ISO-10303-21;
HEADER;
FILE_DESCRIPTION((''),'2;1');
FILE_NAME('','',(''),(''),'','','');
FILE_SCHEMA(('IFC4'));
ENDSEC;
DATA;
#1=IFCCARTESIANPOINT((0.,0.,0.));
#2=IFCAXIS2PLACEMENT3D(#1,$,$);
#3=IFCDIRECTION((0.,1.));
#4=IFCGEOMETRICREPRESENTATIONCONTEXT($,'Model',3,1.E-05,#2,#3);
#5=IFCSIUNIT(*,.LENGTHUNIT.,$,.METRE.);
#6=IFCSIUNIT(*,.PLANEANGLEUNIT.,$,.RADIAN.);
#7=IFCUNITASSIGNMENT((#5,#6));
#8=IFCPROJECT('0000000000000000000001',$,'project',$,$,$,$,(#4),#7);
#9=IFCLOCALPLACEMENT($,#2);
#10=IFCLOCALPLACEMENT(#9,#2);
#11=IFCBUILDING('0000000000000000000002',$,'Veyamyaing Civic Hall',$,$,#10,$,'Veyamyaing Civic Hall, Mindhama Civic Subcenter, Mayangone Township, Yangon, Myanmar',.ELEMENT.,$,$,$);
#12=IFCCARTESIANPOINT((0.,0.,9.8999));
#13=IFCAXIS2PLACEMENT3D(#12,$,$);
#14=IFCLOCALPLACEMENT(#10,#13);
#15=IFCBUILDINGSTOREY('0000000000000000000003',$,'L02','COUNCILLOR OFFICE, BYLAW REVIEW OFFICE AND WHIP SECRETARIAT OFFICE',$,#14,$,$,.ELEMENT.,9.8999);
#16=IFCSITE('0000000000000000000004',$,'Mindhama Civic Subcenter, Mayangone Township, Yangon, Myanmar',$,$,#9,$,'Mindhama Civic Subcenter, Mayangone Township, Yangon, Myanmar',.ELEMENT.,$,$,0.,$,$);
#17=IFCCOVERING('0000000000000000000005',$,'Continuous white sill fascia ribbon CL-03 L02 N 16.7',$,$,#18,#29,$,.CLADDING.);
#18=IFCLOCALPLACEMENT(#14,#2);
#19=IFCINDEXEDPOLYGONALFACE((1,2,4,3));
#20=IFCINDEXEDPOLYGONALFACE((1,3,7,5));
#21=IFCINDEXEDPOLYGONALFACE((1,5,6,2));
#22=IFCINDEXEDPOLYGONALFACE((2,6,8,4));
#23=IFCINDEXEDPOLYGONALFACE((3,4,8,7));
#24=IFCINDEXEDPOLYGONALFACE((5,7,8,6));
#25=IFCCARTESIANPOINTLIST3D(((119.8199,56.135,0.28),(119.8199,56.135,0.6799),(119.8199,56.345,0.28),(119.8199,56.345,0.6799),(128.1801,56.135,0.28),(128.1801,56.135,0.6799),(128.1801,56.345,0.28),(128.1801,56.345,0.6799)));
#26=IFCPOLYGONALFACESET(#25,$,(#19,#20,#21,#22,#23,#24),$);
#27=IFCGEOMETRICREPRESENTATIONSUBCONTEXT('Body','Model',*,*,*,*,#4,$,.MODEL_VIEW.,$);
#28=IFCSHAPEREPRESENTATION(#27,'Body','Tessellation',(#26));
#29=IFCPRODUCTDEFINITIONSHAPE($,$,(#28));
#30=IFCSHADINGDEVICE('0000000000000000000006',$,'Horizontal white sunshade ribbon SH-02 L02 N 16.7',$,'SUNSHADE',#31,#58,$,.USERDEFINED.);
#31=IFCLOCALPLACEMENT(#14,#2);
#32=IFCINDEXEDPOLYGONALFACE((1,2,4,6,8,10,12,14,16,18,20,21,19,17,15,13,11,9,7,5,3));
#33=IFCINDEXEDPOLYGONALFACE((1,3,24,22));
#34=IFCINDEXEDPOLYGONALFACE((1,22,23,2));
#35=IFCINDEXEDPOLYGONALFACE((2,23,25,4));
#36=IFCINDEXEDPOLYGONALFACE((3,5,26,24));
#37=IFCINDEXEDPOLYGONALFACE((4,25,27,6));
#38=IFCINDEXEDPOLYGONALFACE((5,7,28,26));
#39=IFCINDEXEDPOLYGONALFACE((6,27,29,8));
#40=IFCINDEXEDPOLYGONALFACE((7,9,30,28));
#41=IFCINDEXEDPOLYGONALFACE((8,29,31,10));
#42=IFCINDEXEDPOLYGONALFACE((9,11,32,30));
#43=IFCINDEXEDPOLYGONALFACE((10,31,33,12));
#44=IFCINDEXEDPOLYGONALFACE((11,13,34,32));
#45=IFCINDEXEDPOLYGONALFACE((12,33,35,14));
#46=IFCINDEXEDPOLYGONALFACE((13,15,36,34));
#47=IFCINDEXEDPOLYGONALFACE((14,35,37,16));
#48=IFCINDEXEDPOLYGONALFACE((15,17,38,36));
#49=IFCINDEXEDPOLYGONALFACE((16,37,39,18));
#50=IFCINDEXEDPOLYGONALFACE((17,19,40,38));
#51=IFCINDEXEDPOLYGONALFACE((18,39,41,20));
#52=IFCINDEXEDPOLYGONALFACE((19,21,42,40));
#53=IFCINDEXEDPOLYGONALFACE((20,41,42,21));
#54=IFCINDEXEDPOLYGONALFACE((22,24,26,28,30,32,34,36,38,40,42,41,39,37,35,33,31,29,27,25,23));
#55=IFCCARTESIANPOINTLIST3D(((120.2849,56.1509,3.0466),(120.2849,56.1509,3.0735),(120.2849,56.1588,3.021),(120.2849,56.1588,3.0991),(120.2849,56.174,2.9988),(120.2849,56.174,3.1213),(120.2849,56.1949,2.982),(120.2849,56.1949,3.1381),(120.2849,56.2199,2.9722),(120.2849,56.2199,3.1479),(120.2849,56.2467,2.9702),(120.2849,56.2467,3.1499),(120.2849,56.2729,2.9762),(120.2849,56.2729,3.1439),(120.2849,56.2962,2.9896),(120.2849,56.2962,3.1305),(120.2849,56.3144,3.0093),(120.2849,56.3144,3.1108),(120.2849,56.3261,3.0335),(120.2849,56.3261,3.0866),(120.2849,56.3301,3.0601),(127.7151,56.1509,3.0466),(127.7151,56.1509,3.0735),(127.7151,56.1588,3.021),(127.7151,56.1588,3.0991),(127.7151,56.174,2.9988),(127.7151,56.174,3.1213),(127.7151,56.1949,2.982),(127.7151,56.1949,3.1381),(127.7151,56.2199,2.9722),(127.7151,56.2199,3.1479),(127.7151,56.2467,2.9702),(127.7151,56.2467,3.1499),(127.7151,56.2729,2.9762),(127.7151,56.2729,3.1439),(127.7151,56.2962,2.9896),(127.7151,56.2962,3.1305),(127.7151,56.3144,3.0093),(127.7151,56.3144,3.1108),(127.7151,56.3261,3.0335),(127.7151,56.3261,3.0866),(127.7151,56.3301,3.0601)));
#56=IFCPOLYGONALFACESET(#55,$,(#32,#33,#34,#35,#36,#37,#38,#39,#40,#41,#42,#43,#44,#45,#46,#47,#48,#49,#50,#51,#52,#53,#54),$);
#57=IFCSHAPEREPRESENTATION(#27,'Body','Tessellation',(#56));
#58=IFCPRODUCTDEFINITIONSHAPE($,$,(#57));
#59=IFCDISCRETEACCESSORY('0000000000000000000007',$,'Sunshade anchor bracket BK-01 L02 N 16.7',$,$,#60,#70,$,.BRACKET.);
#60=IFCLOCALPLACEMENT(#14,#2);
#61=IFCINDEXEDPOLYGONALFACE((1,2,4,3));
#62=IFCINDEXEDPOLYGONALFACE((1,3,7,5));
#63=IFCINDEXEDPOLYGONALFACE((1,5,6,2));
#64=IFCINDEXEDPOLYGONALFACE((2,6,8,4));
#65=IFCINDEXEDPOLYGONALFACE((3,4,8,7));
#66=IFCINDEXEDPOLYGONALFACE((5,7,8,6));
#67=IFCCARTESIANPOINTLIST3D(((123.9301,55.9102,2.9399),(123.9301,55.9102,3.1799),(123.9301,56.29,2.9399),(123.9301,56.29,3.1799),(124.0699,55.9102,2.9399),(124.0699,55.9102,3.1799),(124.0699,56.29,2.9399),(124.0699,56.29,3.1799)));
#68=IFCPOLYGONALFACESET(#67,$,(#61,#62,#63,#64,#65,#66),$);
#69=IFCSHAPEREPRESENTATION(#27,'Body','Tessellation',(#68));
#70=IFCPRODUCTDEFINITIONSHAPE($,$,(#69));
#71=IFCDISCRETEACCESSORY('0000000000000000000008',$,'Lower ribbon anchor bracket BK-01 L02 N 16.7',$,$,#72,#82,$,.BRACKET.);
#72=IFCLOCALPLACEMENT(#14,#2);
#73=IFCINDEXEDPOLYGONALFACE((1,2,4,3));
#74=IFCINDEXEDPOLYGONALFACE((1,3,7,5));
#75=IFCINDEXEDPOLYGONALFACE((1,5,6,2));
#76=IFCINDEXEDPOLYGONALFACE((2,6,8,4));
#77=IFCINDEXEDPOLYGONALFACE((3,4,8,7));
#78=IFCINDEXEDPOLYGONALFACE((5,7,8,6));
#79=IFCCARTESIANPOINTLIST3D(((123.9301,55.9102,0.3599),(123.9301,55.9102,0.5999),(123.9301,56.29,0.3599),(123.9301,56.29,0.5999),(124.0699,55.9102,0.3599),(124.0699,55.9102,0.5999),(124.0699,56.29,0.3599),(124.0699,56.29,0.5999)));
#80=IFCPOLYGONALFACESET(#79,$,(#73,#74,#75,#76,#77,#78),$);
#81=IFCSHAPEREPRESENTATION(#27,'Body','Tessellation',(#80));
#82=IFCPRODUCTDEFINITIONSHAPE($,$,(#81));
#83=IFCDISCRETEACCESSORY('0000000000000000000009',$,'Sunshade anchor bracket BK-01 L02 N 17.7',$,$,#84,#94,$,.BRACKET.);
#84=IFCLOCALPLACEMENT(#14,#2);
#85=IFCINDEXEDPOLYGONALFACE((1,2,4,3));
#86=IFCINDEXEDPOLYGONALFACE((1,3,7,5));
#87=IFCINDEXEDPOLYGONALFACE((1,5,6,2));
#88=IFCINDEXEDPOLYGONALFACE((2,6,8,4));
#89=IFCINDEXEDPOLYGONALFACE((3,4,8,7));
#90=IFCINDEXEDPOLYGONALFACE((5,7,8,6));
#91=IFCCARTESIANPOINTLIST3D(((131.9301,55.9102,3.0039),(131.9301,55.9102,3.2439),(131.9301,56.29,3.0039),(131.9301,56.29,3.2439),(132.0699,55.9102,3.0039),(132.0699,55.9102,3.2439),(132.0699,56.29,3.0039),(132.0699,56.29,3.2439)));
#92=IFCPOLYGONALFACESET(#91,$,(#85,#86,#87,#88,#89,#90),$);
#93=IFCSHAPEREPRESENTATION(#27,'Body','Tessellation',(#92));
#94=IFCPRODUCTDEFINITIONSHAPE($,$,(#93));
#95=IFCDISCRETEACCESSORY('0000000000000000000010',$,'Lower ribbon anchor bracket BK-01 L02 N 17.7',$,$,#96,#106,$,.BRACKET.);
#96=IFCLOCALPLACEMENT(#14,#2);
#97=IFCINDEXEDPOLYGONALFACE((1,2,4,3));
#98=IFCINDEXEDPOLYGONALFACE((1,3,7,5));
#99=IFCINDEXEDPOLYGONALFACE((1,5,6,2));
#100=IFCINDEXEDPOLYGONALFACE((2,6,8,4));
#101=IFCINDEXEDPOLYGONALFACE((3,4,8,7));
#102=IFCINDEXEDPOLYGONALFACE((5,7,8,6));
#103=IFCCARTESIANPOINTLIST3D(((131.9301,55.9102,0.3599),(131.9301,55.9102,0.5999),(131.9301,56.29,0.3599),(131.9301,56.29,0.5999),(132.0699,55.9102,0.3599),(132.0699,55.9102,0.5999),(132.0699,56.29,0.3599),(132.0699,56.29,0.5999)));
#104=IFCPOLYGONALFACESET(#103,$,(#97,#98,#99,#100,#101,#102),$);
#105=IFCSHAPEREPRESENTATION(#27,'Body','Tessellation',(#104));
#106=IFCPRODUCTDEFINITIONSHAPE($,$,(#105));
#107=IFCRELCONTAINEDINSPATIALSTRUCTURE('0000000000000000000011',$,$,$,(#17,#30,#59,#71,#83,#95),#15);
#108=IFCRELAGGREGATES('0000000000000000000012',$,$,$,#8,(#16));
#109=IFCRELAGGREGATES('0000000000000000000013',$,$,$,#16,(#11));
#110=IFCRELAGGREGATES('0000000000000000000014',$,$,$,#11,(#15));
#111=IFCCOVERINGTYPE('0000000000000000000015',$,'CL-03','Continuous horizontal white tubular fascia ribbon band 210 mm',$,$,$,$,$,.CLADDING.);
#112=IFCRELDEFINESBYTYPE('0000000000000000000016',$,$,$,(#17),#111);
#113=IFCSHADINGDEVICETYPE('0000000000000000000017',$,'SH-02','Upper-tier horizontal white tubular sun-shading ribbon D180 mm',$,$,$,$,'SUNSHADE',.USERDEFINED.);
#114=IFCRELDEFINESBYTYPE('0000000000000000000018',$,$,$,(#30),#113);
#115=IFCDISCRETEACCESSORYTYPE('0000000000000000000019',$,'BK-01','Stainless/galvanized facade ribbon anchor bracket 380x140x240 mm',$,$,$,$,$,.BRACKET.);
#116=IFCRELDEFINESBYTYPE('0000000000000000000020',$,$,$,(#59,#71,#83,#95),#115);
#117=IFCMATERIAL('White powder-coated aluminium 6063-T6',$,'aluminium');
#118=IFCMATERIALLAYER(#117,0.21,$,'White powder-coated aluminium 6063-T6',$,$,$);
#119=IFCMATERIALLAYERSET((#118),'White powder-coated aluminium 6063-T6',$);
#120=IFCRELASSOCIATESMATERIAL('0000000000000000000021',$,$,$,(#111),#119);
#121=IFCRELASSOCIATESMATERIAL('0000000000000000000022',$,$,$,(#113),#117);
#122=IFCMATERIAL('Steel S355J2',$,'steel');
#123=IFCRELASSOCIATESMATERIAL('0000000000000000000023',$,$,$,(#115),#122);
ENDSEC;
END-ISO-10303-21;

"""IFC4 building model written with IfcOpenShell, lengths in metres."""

from ifc_helpers import new_model, si_unit, direction, frame, origin, origin_2d, place, context, subcontext, project, spatial, rectangle, circle, extrude, material, layer, layer_set, material_profile, profile_set, type_object, element, save


model = new_model("IFC4")

# Units and contexts
model_context = context("Model", 3, precision=1e-05, world=origin(), true_north=direction((0.0, 1.0)))
body_context = subcontext(model_context, "Body", "Model", "MODEL_VIEW")
ifc_project = project(units=[si_unit("LENGTHUNIT", "METRE"), si_unit("PLANEANGLEUNIT", "RADIAN")], contexts=[model_context])

# Site, building, storey
site_placement = place(None, origin())
site = spatial("IfcSite", under=ifc_project, at=site_placement, Name="Mindhama Civic Subcenter, Mayangone Township, Yangon, Myanmar", LongName="Mindhama Civic Subcenter, Mayangone Township, Yangon, Myanmar", CompositionType="ELEMENT", RefElevation=0.0)
building_placement = place(site_placement, origin())
building = spatial("IfcBuilding", under=site, at=building_placement, Name="Veyamyaing Civic Hall", LongName="Veyamyaing Civic Hall, Mindhama Civic Subcenter, Mayangone Township, Yangon, Myanmar", CompositionType="ELEMENT")
storey_placement = place(building_placement, frame((0.0, 0.0, 9.8999)))
storey = spatial("IfcBuildingStorey", under=building, at=storey_placement, Name="L02", Description="COUNCILLOR OFFICE, BYLAW REVIEW OFFICE AND WHIP SECRETARIAT OFFICE", CompositionType="ELEMENT", Elevation=9.8999)

# Covering
ifc_material_1 = material(Name="White powder-coated aluminium 6063-T6", Category="aluminium")
ifc_layer_1 = layer(ifc_material_1, 0.21, Name="White powder-coated aluminium 6063-T6")
ifc_layer_set_1 = layer_set([ifc_layer_1], Name="White powder-coated aluminium 6063-T6")
covering_type = type_object("IfcCoveringType", Name="CL-03", Description="Continuous horizontal white tubular fascia ribbon band 210 mm", PredefinedType="CLADDING", material=ifc_layer_set_1)
for number, where, z_axis, x_axis, name in (
    (1, (124.0, 56.24, 0.28), (0.0, 0.0, 1.0), (1.0, 0.0, 0.0), "Continuous white sill fascia ribbon CL-03 L02 N 16.7"),
):
    element("IfcCovering", number, at=place(storey_placement, frame(where, z_axis=z_axis, x_axis=x_axis)), inside=storey, type_object=covering_type, Name=name, PredefinedType="CLADDING", context=body_context, shape_type="SweptSolid", body=[
        extrude(rectangle(XDim=8.3601, YDim=0.21, at=origin_2d()), origin(), (0.0, 0.0, 1.0), 0.3999),
    ])

# Shading device
ifc_material_profile_1 = material_profile(ifc_material_1, circle(Radius=0.0901, at=origin_2d()), Name="SHADE-TUBE-180")
ifc_profile_set_1 = profile_set([ifc_material_profile_1], Name="White powder-coated aluminium 6063-T6")
shading_device_type = type_object("IfcShadingDeviceType", Name="SH-02", Description="Upper-tier horizontal white tubular sun-shading ribbon D180 mm", ElementType="SUNSHADE", PredefinedType="USERDEFINED", material=ifc_profile_set_1)
shading_device_placement = place(storey_placement, frame((120.2849, 56.24, 3.0601), z_axis=(1.0, 0.0, 0.0), x_axis=(0.0, 1.0, 0.0)))
element("IfcShadingDevice", 2, at=shading_device_placement, inside=storey, type_object=shading_device_type, Name="Horizontal white sunshade ribbon SH-02 L02 N 16.7", ObjectType="SUNSHADE", PredefinedType="USERDEFINED", context=body_context, shape_type="SweptSolid", body=[
    extrude(circle(Radius=0.0901, at=origin_2d()), origin(), (0.0, 0.0, 1.0), 7.4302),
])

# Discrete accessories
ifc_material_2 = material(Name="Steel S355J2", Category="steel")
discrete_accessory_type = type_object("IfcDiscreteAccessoryType", Name="BK-01", Description="Stainless/galvanized facade ribbon anchor bracket 380x140x240 mm", PredefinedType="BRACKET", material=ifc_material_2)
for number, where, z_axis, x_axis, name in (
    (3, (124.0, 56.1001, 2.9399), (0.0, 0.0, 1.0), (0.0, 1.0, 0.0), "Sunshade anchor bracket BK-01 L02 N 16.7"),
    (4, (124.0, 56.1001, 0.3599), (0.0, 0.0, 1.0), (0.0, 1.0, 0.0), "Lower ribbon anchor bracket BK-01 L02 N 16.7"),
    (5, (132.0, 56.1001, 3.0039), (0.0, 0.0, 1.0), (0.0, 1.0, 0.0), "Sunshade anchor bracket BK-01 L02 N 17.7"),
    (6, (132.0, 56.1001, 0.3599), (0.0, 0.0, 1.0), (0.0, 1.0, 0.0), "Lower ribbon anchor bracket BK-01 L02 N 17.7"),
):
    element("IfcDiscreteAccessory", number, at=place(storey_placement, frame(where, z_axis=z_axis, x_axis=x_axis)), inside=storey, type_object=discrete_accessory_type, Name=name, PredefinedType="BRACKET", context=body_context, shape_type="SweptSolid", body=[
        extrude(rectangle(XDim=0.3799, YDim=0.1399, at=origin_2d()), origin(), (0.0, 0.0, 1.0), 0.24),
    ])

save(model, "model.ifc")
